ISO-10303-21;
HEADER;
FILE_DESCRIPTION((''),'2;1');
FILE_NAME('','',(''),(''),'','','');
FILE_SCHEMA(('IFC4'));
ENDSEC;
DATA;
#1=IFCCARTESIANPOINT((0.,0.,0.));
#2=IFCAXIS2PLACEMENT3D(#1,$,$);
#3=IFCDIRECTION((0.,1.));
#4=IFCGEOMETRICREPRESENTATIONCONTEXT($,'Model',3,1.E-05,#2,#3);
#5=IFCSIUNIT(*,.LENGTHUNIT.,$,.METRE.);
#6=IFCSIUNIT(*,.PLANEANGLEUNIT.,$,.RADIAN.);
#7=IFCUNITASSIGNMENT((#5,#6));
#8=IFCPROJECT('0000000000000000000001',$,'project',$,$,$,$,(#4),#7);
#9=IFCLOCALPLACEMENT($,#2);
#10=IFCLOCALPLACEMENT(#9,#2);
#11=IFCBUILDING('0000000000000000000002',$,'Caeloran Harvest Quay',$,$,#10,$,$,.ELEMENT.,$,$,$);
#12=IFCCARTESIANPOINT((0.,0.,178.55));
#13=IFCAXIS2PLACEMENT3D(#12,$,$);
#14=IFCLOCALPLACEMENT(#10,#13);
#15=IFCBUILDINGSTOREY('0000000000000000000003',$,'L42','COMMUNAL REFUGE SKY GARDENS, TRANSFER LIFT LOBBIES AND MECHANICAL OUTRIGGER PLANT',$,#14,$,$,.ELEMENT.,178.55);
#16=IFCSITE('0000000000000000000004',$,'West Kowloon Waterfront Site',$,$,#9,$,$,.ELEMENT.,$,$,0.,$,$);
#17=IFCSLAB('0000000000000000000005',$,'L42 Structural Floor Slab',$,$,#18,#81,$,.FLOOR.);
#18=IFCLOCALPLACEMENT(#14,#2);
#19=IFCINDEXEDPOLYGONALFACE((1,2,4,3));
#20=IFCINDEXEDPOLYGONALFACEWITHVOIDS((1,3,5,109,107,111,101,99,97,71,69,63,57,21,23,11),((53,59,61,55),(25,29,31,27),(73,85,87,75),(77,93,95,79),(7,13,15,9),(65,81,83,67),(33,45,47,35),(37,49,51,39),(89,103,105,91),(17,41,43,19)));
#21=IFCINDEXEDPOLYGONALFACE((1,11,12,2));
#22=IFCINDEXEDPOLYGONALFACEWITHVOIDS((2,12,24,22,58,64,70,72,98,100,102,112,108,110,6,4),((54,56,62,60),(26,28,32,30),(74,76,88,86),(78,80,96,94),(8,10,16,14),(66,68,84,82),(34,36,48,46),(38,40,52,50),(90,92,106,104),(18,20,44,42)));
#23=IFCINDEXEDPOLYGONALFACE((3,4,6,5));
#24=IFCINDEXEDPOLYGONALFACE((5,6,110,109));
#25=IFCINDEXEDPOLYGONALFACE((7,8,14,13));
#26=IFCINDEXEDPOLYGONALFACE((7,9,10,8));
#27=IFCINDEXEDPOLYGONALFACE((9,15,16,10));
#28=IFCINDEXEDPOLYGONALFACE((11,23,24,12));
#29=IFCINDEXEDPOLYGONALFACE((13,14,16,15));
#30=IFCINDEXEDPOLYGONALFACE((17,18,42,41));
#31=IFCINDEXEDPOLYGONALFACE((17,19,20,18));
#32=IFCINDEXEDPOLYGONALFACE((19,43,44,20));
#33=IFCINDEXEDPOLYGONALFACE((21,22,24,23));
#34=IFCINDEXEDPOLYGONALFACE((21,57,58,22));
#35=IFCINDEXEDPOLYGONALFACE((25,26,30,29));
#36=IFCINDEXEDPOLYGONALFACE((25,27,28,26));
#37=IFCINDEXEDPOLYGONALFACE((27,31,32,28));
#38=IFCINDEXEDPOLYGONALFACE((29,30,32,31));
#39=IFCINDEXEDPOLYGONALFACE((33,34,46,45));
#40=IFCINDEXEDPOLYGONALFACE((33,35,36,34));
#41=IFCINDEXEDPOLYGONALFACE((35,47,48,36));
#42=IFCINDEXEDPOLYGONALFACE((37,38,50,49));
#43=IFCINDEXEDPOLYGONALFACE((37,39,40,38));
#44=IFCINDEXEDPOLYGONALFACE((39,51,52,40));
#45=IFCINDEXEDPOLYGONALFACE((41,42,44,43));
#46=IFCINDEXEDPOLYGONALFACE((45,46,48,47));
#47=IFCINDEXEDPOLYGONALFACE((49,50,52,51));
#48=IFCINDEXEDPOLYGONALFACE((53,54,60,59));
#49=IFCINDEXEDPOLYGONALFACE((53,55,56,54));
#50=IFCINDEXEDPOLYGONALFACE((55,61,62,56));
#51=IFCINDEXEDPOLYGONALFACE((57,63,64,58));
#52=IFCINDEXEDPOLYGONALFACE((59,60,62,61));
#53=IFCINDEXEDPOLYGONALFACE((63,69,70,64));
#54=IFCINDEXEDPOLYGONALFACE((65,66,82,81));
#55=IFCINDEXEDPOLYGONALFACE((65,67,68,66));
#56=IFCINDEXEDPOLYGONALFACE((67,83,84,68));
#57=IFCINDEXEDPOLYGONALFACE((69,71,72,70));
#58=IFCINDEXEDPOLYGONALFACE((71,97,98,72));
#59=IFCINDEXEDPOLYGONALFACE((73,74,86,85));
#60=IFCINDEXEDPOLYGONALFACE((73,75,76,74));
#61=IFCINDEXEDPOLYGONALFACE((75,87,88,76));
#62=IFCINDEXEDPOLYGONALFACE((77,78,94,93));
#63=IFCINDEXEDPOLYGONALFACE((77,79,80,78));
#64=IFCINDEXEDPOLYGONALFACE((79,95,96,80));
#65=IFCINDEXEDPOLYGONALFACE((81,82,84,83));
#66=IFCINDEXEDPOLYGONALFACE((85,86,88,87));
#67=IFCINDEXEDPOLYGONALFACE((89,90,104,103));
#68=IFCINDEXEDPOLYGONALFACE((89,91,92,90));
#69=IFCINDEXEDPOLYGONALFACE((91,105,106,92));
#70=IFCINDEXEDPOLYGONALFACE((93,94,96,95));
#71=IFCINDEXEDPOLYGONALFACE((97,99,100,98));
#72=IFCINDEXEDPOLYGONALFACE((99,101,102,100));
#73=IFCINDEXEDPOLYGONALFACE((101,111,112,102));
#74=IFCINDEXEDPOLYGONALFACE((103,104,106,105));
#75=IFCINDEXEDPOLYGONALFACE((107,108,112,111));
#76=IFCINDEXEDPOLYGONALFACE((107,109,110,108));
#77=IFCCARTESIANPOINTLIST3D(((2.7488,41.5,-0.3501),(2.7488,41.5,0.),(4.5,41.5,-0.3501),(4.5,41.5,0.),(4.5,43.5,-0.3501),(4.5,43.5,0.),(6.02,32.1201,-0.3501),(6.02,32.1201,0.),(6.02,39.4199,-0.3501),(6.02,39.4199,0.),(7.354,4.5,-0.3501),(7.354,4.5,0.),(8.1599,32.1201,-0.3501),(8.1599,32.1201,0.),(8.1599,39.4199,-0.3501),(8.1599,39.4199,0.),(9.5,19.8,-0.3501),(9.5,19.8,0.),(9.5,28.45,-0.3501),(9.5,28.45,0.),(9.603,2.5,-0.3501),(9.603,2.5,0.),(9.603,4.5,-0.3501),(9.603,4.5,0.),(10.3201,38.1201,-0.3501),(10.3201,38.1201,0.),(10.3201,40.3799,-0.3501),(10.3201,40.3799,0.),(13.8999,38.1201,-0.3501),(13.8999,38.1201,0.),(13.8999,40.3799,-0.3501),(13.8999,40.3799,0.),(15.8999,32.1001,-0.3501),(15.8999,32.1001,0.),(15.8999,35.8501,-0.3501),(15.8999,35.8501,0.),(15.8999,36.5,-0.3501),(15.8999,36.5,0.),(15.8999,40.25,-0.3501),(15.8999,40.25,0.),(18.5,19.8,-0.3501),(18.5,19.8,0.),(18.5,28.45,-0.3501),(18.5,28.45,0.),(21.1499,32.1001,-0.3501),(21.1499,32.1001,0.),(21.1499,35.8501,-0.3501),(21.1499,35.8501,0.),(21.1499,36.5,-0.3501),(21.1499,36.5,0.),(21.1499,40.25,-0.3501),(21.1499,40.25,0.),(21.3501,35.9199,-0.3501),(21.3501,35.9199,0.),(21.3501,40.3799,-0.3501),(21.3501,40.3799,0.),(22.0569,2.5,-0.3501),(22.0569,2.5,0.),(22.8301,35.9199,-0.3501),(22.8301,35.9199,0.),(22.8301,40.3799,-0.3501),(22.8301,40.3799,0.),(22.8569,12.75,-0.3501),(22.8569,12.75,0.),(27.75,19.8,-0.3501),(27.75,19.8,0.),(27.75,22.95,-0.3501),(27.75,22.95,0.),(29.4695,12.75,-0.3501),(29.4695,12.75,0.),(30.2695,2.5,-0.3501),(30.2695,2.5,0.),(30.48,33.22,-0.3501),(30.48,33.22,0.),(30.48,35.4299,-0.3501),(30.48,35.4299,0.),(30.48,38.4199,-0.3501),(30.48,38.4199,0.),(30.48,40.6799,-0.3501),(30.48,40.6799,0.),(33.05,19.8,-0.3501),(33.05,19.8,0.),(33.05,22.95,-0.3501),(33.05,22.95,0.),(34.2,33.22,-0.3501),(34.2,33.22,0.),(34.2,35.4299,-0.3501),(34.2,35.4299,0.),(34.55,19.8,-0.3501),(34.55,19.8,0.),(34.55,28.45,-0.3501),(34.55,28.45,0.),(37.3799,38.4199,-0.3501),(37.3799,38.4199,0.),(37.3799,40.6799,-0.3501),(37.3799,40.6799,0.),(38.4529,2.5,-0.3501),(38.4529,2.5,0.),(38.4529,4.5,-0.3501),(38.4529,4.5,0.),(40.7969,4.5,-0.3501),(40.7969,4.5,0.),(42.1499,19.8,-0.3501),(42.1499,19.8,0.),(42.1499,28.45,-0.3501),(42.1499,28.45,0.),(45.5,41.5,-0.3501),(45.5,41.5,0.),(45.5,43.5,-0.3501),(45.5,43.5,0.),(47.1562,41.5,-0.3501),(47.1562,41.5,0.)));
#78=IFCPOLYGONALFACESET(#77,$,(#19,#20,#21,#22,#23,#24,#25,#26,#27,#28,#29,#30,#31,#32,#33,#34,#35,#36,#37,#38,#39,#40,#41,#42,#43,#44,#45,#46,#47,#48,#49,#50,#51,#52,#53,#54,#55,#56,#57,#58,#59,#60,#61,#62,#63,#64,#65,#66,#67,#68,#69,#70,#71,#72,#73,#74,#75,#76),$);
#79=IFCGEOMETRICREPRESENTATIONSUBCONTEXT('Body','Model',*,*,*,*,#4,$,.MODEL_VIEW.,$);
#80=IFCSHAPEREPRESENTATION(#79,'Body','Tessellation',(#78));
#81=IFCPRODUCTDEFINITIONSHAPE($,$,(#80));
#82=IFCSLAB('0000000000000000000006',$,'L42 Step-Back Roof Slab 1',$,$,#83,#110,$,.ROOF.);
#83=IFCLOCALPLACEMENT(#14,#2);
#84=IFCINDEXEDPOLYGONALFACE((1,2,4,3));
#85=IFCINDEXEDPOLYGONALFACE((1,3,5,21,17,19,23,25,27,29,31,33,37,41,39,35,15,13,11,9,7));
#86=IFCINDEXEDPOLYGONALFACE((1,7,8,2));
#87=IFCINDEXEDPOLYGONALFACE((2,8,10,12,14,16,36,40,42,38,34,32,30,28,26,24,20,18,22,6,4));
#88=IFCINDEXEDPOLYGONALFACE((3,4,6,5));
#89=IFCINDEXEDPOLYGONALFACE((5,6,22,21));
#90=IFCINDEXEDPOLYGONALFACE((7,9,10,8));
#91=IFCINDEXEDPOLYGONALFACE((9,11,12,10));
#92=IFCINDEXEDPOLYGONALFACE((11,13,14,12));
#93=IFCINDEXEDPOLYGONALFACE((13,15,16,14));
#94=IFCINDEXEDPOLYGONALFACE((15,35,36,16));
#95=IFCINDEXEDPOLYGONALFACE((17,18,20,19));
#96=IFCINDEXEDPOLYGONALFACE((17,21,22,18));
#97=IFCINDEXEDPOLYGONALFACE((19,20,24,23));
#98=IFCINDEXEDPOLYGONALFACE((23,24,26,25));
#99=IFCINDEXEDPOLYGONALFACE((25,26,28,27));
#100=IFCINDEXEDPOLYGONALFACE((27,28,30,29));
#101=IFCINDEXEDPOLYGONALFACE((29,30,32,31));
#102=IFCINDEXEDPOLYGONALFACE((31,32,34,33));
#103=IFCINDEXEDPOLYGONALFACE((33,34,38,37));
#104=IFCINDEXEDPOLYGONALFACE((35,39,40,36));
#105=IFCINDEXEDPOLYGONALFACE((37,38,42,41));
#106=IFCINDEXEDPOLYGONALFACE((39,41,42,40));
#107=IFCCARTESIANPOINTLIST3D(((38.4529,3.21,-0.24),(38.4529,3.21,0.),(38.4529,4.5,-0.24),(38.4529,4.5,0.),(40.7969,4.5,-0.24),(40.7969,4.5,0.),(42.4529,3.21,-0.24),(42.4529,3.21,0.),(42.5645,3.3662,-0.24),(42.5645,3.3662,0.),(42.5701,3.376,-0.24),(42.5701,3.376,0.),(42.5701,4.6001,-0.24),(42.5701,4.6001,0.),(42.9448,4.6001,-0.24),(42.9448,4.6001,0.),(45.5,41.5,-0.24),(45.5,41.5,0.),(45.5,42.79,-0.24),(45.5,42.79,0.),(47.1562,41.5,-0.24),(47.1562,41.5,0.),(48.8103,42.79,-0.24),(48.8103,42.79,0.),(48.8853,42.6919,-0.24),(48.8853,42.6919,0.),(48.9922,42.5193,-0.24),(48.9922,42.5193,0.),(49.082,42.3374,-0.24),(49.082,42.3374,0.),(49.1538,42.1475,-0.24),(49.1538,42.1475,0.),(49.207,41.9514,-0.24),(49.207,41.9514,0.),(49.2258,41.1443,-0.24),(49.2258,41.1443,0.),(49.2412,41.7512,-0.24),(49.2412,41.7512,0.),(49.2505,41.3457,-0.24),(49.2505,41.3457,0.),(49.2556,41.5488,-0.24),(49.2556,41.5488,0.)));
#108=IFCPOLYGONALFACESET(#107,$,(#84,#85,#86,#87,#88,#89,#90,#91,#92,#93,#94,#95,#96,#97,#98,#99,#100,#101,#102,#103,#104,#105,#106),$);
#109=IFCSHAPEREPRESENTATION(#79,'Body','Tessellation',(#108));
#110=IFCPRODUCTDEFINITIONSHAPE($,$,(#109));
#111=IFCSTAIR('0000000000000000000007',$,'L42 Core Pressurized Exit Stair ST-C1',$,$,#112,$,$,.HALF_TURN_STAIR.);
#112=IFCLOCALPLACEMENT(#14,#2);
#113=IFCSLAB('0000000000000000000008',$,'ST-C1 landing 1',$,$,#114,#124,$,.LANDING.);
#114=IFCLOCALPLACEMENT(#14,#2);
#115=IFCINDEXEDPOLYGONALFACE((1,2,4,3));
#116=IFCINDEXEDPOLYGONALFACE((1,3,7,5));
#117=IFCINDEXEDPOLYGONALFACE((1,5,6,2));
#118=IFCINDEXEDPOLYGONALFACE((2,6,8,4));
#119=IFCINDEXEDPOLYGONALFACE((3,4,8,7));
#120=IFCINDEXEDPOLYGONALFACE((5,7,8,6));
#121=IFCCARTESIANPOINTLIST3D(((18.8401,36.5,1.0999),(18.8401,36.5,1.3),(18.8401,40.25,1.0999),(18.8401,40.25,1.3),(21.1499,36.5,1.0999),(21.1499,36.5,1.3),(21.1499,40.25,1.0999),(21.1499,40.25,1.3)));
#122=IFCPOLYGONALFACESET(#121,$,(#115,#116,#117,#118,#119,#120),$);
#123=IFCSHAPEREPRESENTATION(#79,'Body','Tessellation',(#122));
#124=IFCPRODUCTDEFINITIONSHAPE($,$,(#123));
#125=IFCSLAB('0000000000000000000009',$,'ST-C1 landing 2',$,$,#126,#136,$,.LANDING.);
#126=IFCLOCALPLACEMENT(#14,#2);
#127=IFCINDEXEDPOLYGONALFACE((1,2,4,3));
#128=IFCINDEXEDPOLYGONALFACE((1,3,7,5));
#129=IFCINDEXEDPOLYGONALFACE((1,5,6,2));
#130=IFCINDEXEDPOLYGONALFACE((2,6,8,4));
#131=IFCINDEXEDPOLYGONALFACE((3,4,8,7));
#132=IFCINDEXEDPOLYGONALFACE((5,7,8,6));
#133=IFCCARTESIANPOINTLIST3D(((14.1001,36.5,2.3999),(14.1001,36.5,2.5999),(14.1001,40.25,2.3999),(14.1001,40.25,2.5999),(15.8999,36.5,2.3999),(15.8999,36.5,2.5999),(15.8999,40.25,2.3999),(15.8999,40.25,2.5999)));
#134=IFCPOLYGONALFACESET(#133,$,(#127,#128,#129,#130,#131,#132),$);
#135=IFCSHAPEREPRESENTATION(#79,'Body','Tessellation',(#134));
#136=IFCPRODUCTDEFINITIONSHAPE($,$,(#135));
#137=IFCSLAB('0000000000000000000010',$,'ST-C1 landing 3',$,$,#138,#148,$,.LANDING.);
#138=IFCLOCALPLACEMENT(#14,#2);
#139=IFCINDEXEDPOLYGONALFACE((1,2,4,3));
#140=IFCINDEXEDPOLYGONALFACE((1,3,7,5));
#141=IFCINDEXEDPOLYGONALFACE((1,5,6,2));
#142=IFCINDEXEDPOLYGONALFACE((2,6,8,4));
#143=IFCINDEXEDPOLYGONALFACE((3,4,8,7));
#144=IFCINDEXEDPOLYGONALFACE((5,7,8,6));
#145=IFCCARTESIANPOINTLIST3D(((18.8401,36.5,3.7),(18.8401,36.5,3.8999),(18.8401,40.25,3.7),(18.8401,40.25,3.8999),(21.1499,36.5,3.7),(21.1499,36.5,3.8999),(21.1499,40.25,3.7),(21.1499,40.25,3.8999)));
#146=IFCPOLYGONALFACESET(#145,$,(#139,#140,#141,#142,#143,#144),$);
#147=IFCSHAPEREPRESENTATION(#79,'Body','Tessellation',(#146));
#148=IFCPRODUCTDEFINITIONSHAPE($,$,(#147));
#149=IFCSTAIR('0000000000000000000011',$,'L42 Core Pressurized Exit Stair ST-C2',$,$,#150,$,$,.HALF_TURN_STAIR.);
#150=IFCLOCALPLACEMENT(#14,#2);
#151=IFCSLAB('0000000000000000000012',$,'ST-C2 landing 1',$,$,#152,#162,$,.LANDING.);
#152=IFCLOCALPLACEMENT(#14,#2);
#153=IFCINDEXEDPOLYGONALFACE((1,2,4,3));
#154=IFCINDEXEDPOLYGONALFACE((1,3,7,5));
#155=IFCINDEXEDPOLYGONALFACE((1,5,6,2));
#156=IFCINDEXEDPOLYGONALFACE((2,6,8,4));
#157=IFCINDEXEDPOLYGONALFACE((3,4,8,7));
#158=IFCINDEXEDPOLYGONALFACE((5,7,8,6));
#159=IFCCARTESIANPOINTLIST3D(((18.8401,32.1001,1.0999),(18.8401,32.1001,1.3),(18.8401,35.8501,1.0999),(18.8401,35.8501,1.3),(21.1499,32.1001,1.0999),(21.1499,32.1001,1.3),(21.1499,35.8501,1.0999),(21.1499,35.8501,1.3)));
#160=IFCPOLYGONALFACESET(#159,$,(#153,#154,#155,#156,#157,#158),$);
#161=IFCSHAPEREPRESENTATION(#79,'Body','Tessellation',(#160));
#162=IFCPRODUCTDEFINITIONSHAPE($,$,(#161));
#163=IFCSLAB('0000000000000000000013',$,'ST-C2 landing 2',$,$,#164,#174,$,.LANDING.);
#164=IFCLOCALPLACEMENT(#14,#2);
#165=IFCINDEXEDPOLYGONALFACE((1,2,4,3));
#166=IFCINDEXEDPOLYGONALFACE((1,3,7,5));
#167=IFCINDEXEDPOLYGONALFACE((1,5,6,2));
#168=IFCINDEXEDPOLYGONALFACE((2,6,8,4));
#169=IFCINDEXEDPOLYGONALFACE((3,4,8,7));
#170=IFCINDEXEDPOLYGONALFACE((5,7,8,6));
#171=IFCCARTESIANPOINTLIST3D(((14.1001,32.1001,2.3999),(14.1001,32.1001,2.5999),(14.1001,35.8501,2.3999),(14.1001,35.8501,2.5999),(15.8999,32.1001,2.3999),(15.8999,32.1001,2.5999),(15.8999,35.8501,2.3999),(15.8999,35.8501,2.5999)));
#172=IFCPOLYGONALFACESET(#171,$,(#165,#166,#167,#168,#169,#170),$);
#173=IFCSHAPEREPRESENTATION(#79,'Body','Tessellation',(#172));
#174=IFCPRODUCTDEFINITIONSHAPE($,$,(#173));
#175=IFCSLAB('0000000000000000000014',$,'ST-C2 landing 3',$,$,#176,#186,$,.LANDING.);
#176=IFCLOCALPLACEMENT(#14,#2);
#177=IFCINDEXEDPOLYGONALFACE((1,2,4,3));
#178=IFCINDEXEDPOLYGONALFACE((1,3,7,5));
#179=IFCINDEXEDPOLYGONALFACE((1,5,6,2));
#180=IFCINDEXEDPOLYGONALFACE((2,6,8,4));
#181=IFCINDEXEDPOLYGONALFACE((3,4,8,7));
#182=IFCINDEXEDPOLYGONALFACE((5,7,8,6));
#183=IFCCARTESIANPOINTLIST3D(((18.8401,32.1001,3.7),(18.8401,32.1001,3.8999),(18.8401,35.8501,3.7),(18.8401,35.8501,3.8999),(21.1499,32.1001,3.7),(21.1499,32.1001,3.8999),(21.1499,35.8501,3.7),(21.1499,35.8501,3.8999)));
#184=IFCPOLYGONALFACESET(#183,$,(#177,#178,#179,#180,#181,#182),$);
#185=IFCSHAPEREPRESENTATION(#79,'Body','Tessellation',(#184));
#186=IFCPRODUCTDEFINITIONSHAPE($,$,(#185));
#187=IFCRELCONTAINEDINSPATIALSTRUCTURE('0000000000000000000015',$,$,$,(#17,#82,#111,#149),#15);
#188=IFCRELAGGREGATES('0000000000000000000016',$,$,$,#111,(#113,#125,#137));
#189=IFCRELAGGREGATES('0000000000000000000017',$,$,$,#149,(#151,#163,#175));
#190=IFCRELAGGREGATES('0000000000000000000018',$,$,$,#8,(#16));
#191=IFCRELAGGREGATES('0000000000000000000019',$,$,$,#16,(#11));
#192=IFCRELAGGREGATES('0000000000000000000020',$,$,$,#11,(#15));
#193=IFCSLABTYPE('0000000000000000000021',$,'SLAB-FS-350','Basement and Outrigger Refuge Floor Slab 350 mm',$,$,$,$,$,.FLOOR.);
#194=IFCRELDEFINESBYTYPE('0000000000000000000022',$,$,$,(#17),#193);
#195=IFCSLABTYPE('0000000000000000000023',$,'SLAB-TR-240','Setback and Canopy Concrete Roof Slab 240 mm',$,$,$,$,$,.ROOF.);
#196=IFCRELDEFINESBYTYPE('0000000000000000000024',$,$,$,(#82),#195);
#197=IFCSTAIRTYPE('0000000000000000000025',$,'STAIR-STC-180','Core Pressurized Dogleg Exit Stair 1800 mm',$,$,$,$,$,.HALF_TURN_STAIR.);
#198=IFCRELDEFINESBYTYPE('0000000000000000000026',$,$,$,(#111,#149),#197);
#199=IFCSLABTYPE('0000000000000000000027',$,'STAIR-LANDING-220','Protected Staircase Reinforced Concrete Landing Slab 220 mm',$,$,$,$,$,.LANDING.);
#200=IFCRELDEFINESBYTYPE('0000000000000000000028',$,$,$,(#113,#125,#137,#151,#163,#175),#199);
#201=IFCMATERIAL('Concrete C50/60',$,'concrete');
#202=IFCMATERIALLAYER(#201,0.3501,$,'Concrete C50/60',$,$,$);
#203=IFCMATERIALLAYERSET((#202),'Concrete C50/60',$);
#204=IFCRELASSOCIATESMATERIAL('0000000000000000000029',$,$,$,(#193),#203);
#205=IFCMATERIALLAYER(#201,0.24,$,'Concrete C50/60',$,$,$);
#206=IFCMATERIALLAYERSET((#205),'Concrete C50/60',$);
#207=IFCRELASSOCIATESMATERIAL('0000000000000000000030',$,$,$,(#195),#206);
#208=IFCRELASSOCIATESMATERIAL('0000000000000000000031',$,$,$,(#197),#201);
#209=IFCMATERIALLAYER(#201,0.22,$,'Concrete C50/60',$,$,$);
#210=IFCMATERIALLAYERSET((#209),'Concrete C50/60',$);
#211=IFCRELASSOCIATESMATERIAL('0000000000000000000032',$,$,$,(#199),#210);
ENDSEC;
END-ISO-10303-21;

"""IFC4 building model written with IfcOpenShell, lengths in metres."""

from ifc_helpers import new_model, si_unit, direction, frame, origin, place, context, subcontext, project, spatial, polyline, outline, extrude, material, layer, layer_set, type_object, element, aggregate, save


model = new_model("IFC4")

# Units and contexts
model_context = context("Model", 3, precision=1e-05, world=origin(), true_north=direction((0.0, 1.0)))
body_context = subcontext(model_context, "Body", "Model", "MODEL_VIEW")
ifc_project = project(units=[si_unit("LENGTHUNIT", "METRE"), si_unit("PLANEANGLEUNIT", "RADIAN")], contexts=[model_context])

# Site, building, storey
site_placement = place(None, origin())
site = spatial("IfcSite", under=ifc_project, at=site_placement, Name="West Kowloon Waterfront Site", CompositionType="ELEMENT", RefElevation=0.0)
building_placement = place(site_placement, origin())
building = spatial("IfcBuilding", under=site, at=building_placement, Name="Caeloran Harvest Quay", CompositionType="ELEMENT")
storey_placement = place(building_placement, frame((0.0, 0.0, 178.55)))
storey = spatial("IfcBuildingStorey", under=building, at=storey_placement, Name="L42", Description="COMMUNAL REFUGE SKY GARDENS, TRANSFER LIFT LOBBIES AND MECHANICAL OUTRIGGER PLANT", CompositionType="ELEMENT", Elevation=178.55)

# Slabs
ifc_material_1 = material(Name="Concrete C50/60", Category="concrete")
ifc_layer_1 = layer(ifc_material_1, 0.3501, Name="Concrete C50/60")
ifc_layer_set_1 = layer_set([ifc_layer_1], Name="Concrete C50/60")
slab_type_1 = type_object("IfcSlabType", Name="SLAB-FS-350", Description="Basement and Outrigger Refuge Floor Slab 350 mm", PredefinedType="FLOOR", material=ifc_layer_set_1)
slab_1_placement = place(storey_placement, frame((0.0, 0.0, -0.3501)))
element("IfcSlab", 1, at=slab_1_placement, inside=storey, type_object=slab_type_1, Name="L42 Structural Floor Slab", PredefinedType="FLOOR", context=body_context, shape_type="SweptSolid", body=[
    extrude(outline(polyline([(9.603, 2.5), (22.0569, 2.5), (22.8569, 12.75), (29.4695, 12.75), (30.2695, 2.5), (38.4529, 2.5), (38.4529, 4.5), (40.7969, 4.5), (47.1562, 41.5), (45.5, 41.5), (45.5, 43.5), (4.5, 43.5), (4.5, 41.5), (2.7488, 41.5), (7.354, 4.5), (9.603, 4.5), (9.603, 2.5)]), holes=[polyline([(27.75, 19.8), (27.75, 22.95), (33.05, 22.95), (33.05, 19.8), (27.75, 19.8)]), polyline([(18.5, 19.8), (9.5, 19.8), (9.5, 28.45), (18.5, 28.45), (18.5, 19.8)]), polyline([(42.1499, 19.8), (34.55, 19.8), (34.55, 28.45), (42.1499, 28.45), (42.1499, 19.8)]), polyline([(15.8999, 35.8501), (21.1499, 35.8501), (21.1499, 32.1001), (15.8999, 32.1001), (15.8999, 35.8501)]), polyline([(30.48, 33.22), (30.48, 35.4299), (34.2, 35.4299), (34.2, 33.22), (30.48, 33.22)]), polyline([(8.1599, 32.1201), (6.02, 32.1201), (6.02, 39.4199), (8.1599, 39.4199), (8.1599, 32.1201)]), polyline([(22.8301, 35.9199), (21.3501, 35.9199), (21.3501, 40.3799), (22.8301, 40.3799), (22.8301, 35.9199)]), polyline([(15.8999, 36.5), (15.8999, 40.25), (21.1499, 40.25), (21.1499, 36.5), (15.8999, 36.5)]), polyline([(10.3201, 38.1201), (10.3201, 40.3799), (13.8999, 40.3799), (13.8999, 38.1201), (10.3201, 38.1201)]), polyline([(30.48, 38.4199), (30.48, 40.6799), (37.3799, 40.6799), (37.3799, 38.4199), (30.48, 38.4199)])]), origin(), (0.0, 0.0, 1.0), 0.3501),
])
ifc_layer_2 = layer(ifc_material_1, 0.24, Name="Concrete C50/60")
ifc_layer_set_2 = layer_set([ifc_layer_2], Name="Concrete C50/60")
slab_type_2 = type_object("IfcSlabType", Name="SLAB-TR-240", Description="Setback and Canopy Concrete Roof Slab 240 mm", PredefinedType="ROOF", material=ifc_layer_set_2)
slab_2_placement = place(storey_placement, frame((0.0, 0.0, -0.24)))
element("IfcSlab", 2, at=slab_2_placement, inside=storey, type_object=slab_type_2, Name="L42 Step-Back Roof Slab 1", PredefinedType="ROOF", context=body_context, shape_type="SweptSolid", body=[
    extrude(outline(polyline([(49.082, 42.3374), (49.1538, 42.1475), (49.207, 41.9514), (49.2412, 41.7512), (49.2556, 41.5488), (49.2505, 41.3457), (49.2258, 41.1443), (42.9448, 4.6001), (42.5701, 4.6001), (42.5701, 3.376), (42.5645, 3.3662), (42.4529, 3.21), (38.4529, 3.21), (38.4529, 4.5), (40.7969, 4.5), (47.1562, 41.5), (45.5, 41.5), (45.5, 42.79), (48.8103, 42.79), (48.8853, 42.6919), (48.9922, 42.5193), (49.082, 42.3374)])), origin(), (0.0, 0.0, 1.0), 0.24),
])

# Stairs, slabs
stair_type_1 = type_object("IfcStairType", Name="STAIR-STC-180", Description="Core Pressurized Dogleg Exit Stair 1800 mm", PredefinedType="HALF_TURN_STAIR", material=ifc_material_1)
stair_1_placement = place(storey_placement, origin())
stair_1 = element("IfcStair", 3, at=stair_1_placement, inside=storey, type_object=stair_type_1, Name="L42 Core Pressurized Exit Stair ST-C1", PredefinedType="HALF_TURN_STAIR")
ifc_layer_3 = layer(ifc_material_1, 0.22, Name="Concrete C50/60")
ifc_layer_set_3 = layer_set([ifc_layer_3], Name="Concrete C50/60")
slab_type_3 = type_object("IfcSlabType", Name="STAIR-LANDING-220", Description="Protected Staircase Reinforced Concrete Landing Slab 220 mm", PredefinedType="LANDING", material=ifc_layer_set_3)
slab_3_placement = place(storey_placement, frame((0.0, 0.0, 1.0999)))
slab_3 = element("IfcSlab", 4, at=slab_3_placement, type_object=slab_type_3, Name="ST-C1 landing 1", PredefinedType="LANDING", context=body_context, shape_type="SweptSolid", body=[
    extrude(outline(polyline([(18.8401, 36.5), (21.1499, 36.5), (21.1499, 40.25), (18.8401, 40.25), (18.8401, 36.5)])), origin(), (0.0, 0.0, 1.0), 0.2002),
])
slab_4_placement = place(storey_placement, frame((0.0, 0.0, 2.3999)))
slab_4 = element("IfcSlab", 5, at=slab_4_placement, type_object=slab_type_3, Name="ST-C1 landing 2", PredefinedType="LANDING", context=body_context, shape_type="SweptSolid", body=[
    extrude(outline(polyline([(14.1001, 36.5), (15.8999, 36.5), (15.8999, 40.25), (14.1001, 40.25), (14.1001, 36.5)])), origin(), (0.0, 0.0, 1.0), 0.2),
])
slab_5_placement = place(storey_placement, frame((0.0, 0.0, 3.7)))
slab_5 = element("IfcSlab", 6, at=slab_5_placement, type_object=slab_type_3, Name="ST-C1 landing 3", PredefinedType="LANDING", context=body_context, shape_type="SweptSolid", body=[
    extrude(outline(polyline([(18.8401, 36.5), (21.1499, 36.5), (21.1499, 40.25), (18.8401, 40.25), (18.8401, 36.5)])), origin(), (0.0, 0.0, 1.0), 0.2),
])
aggregate(stair_1, [slab_3, slab_4, slab_5])
stair_2_placement = place(storey_placement, origin())
stair_2 = element("IfcStair", 7, at=stair_2_placement, inside=storey, type_object=stair_type_1, Name="L42 Core Pressurized Exit Stair ST-C2", PredefinedType="HALF_TURN_STAIR")
slab_6_placement = place(storey_placement, frame((0.0, 0.0, 1.0999)))
slab_6 = element("IfcSlab", 8, at=slab_6_placement, type_object=slab_type_3, Name="ST-C2 landing 1", PredefinedType="LANDING", context=body_context, shape_type="SweptSolid", body=[
    extrude(outline(polyline([(18.8401, 32.1001), (21.1499, 32.1001), (21.1499, 35.8501), (18.8401, 35.8501), (18.8401, 32.1001)])), origin(), (0.0, 0.0, 1.0), 0.2002),
])
slab_7_placement = place(storey_placement, frame((0.0, 0.0, 2.3999)))
slab_7 = element("IfcSlab", 9, at=slab_7_placement, type_object=slab_type_3, Name="ST-C2 landing 2", PredefinedType="LANDING", context=body_context, shape_type="SweptSolid", body=[
    extrude(outline(polyline([(14.1001, 32.1001), (15.8999, 32.1001), (15.8999, 35.8501), (14.1001, 35.8501), (14.1001, 32.1001)])), origin(), (0.0, 0.0, 1.0), 0.2),
])
slab_8_placement = place(storey_placement, frame((0.0, 0.0, 3.7)))
slab_8 = element("IfcSlab", 10, at=slab_8_placement, type_object=slab_type_3, Name="ST-C2 landing 3", PredefinedType="LANDING", context=body_context, shape_type="SweptSolid", body=[
    extrude(outline(polyline([(18.8401, 32.1001), (21.1499, 32.1001), (21.1499, 35.8501), (18.8401, 35.8501), (18.8401, 32.1001)])), origin(), (0.0, 0.0, 1.0), 0.2),
])
aggregate(stair_2, [slab_6, slab_7, slab_8])

save(model, "model.ifc")
